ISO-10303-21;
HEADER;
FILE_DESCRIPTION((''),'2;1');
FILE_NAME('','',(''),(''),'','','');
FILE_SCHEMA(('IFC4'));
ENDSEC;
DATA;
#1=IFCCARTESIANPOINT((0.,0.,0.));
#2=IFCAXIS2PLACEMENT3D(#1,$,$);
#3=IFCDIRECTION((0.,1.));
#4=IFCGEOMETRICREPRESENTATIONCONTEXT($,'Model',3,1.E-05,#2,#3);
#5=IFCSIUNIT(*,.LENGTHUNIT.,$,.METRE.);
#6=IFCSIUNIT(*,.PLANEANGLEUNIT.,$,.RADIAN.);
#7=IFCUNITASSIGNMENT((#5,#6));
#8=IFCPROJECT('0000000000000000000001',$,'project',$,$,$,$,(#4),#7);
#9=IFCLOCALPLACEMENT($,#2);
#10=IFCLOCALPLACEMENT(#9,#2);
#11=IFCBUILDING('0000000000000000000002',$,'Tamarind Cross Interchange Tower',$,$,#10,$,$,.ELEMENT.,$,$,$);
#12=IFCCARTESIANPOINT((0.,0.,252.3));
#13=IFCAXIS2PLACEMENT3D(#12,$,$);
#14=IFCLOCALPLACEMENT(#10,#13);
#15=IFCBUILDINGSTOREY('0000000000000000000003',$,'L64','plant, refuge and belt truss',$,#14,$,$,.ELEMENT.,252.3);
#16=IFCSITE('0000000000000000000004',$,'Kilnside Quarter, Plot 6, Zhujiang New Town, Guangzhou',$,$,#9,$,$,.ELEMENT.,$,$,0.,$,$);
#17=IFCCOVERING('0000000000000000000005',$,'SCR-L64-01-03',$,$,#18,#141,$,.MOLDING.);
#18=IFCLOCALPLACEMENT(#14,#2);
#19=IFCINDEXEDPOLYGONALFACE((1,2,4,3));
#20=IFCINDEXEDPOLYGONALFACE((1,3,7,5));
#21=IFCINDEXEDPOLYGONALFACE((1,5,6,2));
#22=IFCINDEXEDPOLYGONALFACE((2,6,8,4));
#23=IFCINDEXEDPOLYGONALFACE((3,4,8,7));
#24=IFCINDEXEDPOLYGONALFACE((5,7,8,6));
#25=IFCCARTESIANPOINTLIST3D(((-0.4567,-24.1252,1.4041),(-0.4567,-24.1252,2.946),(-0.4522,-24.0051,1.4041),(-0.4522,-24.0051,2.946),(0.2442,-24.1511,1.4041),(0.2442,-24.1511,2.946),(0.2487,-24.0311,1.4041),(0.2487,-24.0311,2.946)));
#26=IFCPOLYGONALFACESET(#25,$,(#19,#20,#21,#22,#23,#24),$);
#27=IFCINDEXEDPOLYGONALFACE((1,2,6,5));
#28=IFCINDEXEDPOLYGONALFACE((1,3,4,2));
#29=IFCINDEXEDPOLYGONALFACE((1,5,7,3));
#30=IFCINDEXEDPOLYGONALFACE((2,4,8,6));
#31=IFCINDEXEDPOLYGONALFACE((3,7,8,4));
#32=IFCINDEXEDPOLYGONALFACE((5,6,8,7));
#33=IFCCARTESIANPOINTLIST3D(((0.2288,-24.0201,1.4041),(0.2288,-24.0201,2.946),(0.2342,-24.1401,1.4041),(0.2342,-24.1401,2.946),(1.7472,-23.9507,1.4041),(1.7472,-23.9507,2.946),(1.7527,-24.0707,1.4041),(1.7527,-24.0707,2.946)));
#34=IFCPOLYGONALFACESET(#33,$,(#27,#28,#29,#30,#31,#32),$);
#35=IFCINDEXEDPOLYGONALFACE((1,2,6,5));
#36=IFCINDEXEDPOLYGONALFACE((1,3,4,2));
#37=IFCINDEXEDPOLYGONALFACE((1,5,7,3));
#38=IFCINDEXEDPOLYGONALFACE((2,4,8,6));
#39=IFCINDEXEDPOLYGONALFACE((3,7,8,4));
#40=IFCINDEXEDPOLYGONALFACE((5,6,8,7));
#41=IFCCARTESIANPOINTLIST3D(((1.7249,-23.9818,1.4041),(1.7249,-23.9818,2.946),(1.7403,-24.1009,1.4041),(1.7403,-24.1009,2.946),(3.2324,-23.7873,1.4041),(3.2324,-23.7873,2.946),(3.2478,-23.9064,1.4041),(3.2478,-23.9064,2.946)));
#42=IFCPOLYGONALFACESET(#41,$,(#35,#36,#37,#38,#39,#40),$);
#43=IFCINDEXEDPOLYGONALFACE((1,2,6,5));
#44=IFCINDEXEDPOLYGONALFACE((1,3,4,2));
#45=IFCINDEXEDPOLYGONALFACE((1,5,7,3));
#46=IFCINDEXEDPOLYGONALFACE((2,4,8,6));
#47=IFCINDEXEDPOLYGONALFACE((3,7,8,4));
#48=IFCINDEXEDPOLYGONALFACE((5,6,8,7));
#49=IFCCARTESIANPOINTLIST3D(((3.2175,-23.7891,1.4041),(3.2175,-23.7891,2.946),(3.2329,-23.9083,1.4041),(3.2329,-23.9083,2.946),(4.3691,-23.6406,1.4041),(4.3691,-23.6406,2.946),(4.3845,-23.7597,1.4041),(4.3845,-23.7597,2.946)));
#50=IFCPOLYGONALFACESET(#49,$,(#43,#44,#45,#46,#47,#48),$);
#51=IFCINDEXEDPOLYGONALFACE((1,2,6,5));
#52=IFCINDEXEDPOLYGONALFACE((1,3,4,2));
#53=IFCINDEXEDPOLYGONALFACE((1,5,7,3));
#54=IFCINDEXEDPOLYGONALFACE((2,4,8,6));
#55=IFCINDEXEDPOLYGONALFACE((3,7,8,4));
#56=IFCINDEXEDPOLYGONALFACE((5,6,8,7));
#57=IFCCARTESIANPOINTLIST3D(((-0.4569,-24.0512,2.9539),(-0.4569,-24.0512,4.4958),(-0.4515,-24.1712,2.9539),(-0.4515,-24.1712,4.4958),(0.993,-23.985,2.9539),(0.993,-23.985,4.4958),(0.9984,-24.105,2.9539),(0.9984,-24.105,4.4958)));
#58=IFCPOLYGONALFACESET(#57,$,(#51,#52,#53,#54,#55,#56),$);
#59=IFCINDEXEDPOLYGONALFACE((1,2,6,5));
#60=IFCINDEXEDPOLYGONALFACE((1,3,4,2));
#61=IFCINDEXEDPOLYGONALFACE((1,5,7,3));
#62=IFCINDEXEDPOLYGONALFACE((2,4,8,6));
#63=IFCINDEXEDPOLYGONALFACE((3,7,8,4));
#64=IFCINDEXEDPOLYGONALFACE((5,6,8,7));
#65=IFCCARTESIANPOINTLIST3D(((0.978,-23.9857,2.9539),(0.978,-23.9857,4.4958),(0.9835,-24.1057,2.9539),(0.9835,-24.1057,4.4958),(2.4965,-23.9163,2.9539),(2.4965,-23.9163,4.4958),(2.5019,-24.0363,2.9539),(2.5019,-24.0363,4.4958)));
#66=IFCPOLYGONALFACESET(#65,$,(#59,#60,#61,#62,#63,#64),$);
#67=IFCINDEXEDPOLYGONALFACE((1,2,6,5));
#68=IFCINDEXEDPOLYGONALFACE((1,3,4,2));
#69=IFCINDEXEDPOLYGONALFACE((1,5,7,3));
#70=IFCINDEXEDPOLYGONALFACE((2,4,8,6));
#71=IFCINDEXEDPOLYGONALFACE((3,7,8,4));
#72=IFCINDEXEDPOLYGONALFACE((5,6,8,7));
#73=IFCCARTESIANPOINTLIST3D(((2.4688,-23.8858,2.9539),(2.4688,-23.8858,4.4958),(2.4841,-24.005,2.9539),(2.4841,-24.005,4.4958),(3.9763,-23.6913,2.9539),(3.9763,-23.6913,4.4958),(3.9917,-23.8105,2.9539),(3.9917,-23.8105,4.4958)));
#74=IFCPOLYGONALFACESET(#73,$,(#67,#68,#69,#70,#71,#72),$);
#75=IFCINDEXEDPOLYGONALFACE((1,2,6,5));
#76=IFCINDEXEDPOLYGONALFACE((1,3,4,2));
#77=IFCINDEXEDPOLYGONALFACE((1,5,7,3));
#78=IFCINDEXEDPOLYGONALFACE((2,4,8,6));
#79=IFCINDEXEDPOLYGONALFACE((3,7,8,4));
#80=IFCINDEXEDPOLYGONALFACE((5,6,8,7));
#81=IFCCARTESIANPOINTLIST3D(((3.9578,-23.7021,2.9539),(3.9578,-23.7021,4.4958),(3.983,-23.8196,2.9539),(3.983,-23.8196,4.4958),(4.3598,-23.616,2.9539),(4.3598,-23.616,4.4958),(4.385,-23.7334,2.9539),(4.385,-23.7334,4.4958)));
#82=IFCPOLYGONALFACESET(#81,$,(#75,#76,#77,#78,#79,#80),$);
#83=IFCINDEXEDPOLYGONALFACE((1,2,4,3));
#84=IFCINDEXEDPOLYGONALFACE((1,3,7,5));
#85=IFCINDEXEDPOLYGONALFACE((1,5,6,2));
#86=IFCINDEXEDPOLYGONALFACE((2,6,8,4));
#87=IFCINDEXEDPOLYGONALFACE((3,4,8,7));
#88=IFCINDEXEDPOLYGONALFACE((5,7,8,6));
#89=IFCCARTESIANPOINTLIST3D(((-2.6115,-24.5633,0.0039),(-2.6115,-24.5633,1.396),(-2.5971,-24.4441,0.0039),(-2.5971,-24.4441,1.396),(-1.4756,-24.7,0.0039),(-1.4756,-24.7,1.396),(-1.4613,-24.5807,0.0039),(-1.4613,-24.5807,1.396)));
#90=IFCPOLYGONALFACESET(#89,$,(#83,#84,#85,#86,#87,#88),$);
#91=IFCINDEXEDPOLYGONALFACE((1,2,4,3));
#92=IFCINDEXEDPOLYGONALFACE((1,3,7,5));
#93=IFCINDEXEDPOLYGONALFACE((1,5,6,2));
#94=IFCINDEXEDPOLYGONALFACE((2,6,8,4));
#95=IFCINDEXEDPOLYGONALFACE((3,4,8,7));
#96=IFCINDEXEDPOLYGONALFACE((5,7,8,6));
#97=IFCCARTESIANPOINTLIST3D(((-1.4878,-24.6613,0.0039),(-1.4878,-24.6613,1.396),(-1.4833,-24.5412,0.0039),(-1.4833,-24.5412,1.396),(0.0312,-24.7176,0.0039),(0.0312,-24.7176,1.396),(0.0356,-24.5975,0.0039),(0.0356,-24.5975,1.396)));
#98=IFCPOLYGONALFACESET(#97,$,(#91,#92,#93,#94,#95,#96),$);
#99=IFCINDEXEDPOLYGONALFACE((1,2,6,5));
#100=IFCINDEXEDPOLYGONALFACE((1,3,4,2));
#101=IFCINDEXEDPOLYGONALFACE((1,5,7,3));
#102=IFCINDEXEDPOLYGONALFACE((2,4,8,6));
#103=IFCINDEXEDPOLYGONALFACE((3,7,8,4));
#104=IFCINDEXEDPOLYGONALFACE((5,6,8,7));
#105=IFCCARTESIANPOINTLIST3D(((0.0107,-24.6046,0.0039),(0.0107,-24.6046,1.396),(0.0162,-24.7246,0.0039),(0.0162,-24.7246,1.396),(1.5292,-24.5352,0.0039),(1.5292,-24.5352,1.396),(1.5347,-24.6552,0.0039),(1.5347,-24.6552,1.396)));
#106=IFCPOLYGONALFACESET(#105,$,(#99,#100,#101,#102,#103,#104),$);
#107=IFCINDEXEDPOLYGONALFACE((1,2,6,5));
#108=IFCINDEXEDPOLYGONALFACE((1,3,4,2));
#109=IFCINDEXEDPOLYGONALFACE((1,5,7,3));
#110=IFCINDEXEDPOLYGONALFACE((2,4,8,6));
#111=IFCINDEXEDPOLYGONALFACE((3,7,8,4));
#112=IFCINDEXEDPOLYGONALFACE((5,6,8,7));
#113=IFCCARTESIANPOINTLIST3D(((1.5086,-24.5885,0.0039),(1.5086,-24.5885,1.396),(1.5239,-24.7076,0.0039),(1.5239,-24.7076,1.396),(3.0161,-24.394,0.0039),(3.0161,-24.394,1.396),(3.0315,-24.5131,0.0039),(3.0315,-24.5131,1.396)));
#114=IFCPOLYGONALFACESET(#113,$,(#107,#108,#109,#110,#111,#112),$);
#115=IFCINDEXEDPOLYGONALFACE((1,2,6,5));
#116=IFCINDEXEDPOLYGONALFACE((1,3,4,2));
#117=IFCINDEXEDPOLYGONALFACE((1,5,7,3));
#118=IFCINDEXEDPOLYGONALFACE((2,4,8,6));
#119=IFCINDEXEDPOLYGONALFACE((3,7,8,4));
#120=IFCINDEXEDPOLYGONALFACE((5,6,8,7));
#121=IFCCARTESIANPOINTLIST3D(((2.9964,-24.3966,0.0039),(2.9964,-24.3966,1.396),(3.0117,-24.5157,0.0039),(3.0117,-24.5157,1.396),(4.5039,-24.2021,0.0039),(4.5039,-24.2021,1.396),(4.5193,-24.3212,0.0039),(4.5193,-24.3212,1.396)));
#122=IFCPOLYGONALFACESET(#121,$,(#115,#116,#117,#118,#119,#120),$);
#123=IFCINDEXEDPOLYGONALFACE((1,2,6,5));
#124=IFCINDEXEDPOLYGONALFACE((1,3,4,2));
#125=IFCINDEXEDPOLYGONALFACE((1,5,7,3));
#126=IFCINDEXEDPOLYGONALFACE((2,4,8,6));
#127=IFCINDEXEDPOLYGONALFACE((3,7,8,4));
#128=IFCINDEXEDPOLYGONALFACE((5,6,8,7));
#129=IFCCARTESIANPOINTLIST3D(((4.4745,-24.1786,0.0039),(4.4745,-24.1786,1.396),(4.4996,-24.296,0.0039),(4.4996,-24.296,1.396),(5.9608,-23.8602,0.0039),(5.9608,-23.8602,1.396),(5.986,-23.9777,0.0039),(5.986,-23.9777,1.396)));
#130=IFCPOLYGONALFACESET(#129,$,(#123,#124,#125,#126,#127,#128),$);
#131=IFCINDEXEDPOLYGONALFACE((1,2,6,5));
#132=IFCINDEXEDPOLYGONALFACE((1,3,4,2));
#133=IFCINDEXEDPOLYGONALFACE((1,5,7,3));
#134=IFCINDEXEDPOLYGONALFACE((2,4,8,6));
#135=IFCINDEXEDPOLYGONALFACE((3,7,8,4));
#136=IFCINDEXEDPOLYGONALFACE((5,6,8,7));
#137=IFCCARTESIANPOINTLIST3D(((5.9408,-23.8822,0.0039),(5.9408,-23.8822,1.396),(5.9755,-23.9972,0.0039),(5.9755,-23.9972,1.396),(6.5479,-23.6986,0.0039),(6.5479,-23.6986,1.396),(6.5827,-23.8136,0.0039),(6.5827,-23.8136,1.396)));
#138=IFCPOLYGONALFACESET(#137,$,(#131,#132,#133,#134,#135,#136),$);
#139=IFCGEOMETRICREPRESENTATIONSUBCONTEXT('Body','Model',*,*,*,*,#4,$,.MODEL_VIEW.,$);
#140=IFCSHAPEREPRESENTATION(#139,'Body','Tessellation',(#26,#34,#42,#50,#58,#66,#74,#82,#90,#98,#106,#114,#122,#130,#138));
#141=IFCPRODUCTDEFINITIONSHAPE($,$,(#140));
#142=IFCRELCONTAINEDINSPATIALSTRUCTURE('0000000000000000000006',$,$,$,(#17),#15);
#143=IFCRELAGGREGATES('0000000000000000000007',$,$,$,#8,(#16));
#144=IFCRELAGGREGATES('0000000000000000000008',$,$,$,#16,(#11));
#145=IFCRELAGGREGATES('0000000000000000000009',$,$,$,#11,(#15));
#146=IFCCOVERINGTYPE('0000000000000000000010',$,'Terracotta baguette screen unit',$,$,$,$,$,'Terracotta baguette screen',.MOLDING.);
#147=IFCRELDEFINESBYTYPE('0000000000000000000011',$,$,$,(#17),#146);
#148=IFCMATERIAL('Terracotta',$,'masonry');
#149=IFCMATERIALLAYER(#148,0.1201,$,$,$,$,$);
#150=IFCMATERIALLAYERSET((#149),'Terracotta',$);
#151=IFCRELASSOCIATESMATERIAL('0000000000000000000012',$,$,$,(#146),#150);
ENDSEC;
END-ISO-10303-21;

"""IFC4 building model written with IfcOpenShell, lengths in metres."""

from ifc_helpers import new_model, si_unit, direction, frame, origin, origin_2d, place, context, subcontext, project, spatial, rectangle, extrude, material, layer, layer_set, type_object, element, save


model = new_model("IFC4")

# Units and contexts
model_context = context("Model", 3, precision=1e-05, world=origin(), true_north=direction((0.0, 1.0)))
body_context = subcontext(model_context, "Body", "Model", "MODEL_VIEW")
ifc_project = project(units=[si_unit("LENGTHUNIT", "METRE"), si_unit("PLANEANGLEUNIT", "RADIAN")], contexts=[model_context])

# Site, building, storey
site_placement = place(None, origin())
site = spatial("IfcSite", under=ifc_project, at=site_placement, Name="Kilnside Quarter, Plot 6, Zhujiang New Town, Guangzhou", CompositionType="ELEMENT", RefElevation=0.0)
building_placement = place(site_placement, origin())
building = spatial("IfcBuilding", under=site, at=building_placement, Name="Tamarind Cross Interchange Tower", CompositionType="ELEMENT")
storey_placement = place(building_placement, frame((0.0, 0.0, 252.3)))
storey = spatial("IfcBuildingStorey", under=building, at=storey_placement, Name="L64", Description="plant, refuge and belt truss", CompositionType="ELEMENT", Elevation=252.3)

# Covering
ifc_material_1 = material(Name="Terracotta", Category="masonry")
ifc_layer_1 = layer(ifc_material_1, 0.1201)
ifc_layer_set_1 = layer_set([ifc_layer_1], Name="Terracotta")
covering_type = type_object("IfcCoveringType", Name="Terracotta baguette screen unit", ElementType="Terracotta baguette screen", PredefinedType="MOLDING", material=ifc_layer_set_1)
covering_1_placement = place(storey_placement, origin())
element("IfcCovering", 1, at=covering_1_placement, inside=storey, type_object=covering_type, Name="SCR-L64-01-03", PredefinedType="MOLDING", context=body_context, shape_type="SweptSolid", body=[
    extrude(rectangle(XDim=0.7014, YDim=0.1201, at=origin_2d()), frame((-0.104, -24.0781, 1.4041), z_axis=(0.0, 0.0, 1.0), x_axis=(0.999314, -0.037025, 0.0)), (0.0, 0.0, 1.0), 1.542),
    extrude(rectangle(XDim=1.52, YDim=0.1201, at=origin_2d()), frame((0.9907, -24.0454, 1.4041), z_axis=(0.0, 0.0, 1.0), x_axis=(0.998959, 0.045624, 0.0)), (0.0, 0.0, 1.0), 1.542),
    extrude(rectangle(XDim=1.52, YDim=0.1201, at=origin_2d()), frame((2.4863, -23.9441, 1.4041), z_axis=(0.0, 0.0, 1.0), x_axis=(0.991779, 0.127962, 0.0)), (0.0, 0.0, 1.0), 1.542),
    extrude(rectangle(XDim=1.1611, YDim=0.1201, at=origin_2d()), frame((3.801, -23.7744, 1.4041), z_axis=(0.0, 0.0, 1.0), x_axis=(0.991779, 0.127962, 0.0)), (0.0, 0.0, 1.0), 1.542),
    extrude(rectangle(XDim=1.4514, YDim=0.1201, at=origin_2d()), frame((0.2708, -24.0781, 2.9539), z_axis=(0.0, 0.0, 1.0), x_axis=(0.998959, 0.045624, 0.0)), (0.0, 0.0, 1.0), 1.542),
    extrude(rectangle(XDim=1.52, YDim=0.1201, at=origin_2d()), frame((1.74, -24.011, 2.9539), z_axis=(0.0, 0.0, 1.0), x_axis=(0.998959, 0.045624, 0.0)), (0.0, 0.0, 1.0), 1.542),
    extrude(rectangle(XDim=1.52, YDim=0.1201, at=origin_2d()), frame((3.2302, -23.8481, 2.9539), z_axis=(0.0, 0.0, 1.0), x_axis=(0.991779, 0.127962, 0.0)), (0.0, 0.0, 1.0), 1.542),
    extrude(rectangle(XDim=0.4111, YDim=0.1201, at=origin_2d()), frame((4.1714, -23.7178, 2.9539), z_axis=(0.0, 0.0, 1.0), x_axis=(0.977825, 0.209425, 0.0)), (0.0, 0.0, 1.0), 1.542),
    extrude(rectangle(XDim=1.144, YDim=0.1201, at=origin_2d()), frame((-2.0364, -24.572, 0.0039), z_axis=(0.0, 0.0, 1.0), x_axis=(0.992844, -0.119421, 0.0)), (0.0, 0.0, 1.0), 1.3921),
    extrude(rectangle(XDim=1.52, YDim=0.1201, at=origin_2d()), frame((-0.7261, -24.6294, 0.0039), z_axis=(0.0, 0.0, 1.0), x_axis=(0.999314, -0.037025, 0.0)), (0.0, 0.0, 1.0), 1.3921),
    extrude(rectangle(XDim=1.52, YDim=0.1201, at=origin_2d()), frame((0.7727, -24.6299, 0.0039), z_axis=(0.0, 0.0, 1.0), x_axis=(0.998959, 0.045624, 0.0)), (0.0, 0.0, 1.0), 1.3921),
    extrude(rectangle(XDim=1.52, YDim=0.1201, at=origin_2d()), frame((2.27, -24.5508, 0.0039), z_axis=(0.0, 0.0, 1.0), x_axis=(0.991779, 0.127962, 0.0)), (0.0, 0.0, 1.0), 1.3921),
    extrude(rectangle(XDim=1.52, YDim=0.1201, at=origin_2d()), frame((3.7578, -24.3589, 0.0039), z_axis=(0.0, 0.0, 1.0), x_axis=(0.991779, 0.127962, 0.0)), (0.0, 0.0, 1.0), 1.3921),
    extrude(rectangle(XDim=1.52, YDim=0.1201, at=origin_2d()), frame((5.2302, -24.0781, 0.0039), z_axis=(0.0, 0.0, 1.0), x_axis=(0.977825, 0.209425, 0.0)), (0.0, 0.0, 1.0), 1.3921),
    extrude(rectangle(XDim=0.6343, YDim=0.1201, at=origin_2d()), frame((6.2617, -23.8479, 0.0039), z_axis=(0.0, 0.0, 1.0), x_axis=(0.957191, 0.289458, 0.0)), (0.0, 0.0, 1.0), 1.3921),
])

save(model, "model.ifc")
